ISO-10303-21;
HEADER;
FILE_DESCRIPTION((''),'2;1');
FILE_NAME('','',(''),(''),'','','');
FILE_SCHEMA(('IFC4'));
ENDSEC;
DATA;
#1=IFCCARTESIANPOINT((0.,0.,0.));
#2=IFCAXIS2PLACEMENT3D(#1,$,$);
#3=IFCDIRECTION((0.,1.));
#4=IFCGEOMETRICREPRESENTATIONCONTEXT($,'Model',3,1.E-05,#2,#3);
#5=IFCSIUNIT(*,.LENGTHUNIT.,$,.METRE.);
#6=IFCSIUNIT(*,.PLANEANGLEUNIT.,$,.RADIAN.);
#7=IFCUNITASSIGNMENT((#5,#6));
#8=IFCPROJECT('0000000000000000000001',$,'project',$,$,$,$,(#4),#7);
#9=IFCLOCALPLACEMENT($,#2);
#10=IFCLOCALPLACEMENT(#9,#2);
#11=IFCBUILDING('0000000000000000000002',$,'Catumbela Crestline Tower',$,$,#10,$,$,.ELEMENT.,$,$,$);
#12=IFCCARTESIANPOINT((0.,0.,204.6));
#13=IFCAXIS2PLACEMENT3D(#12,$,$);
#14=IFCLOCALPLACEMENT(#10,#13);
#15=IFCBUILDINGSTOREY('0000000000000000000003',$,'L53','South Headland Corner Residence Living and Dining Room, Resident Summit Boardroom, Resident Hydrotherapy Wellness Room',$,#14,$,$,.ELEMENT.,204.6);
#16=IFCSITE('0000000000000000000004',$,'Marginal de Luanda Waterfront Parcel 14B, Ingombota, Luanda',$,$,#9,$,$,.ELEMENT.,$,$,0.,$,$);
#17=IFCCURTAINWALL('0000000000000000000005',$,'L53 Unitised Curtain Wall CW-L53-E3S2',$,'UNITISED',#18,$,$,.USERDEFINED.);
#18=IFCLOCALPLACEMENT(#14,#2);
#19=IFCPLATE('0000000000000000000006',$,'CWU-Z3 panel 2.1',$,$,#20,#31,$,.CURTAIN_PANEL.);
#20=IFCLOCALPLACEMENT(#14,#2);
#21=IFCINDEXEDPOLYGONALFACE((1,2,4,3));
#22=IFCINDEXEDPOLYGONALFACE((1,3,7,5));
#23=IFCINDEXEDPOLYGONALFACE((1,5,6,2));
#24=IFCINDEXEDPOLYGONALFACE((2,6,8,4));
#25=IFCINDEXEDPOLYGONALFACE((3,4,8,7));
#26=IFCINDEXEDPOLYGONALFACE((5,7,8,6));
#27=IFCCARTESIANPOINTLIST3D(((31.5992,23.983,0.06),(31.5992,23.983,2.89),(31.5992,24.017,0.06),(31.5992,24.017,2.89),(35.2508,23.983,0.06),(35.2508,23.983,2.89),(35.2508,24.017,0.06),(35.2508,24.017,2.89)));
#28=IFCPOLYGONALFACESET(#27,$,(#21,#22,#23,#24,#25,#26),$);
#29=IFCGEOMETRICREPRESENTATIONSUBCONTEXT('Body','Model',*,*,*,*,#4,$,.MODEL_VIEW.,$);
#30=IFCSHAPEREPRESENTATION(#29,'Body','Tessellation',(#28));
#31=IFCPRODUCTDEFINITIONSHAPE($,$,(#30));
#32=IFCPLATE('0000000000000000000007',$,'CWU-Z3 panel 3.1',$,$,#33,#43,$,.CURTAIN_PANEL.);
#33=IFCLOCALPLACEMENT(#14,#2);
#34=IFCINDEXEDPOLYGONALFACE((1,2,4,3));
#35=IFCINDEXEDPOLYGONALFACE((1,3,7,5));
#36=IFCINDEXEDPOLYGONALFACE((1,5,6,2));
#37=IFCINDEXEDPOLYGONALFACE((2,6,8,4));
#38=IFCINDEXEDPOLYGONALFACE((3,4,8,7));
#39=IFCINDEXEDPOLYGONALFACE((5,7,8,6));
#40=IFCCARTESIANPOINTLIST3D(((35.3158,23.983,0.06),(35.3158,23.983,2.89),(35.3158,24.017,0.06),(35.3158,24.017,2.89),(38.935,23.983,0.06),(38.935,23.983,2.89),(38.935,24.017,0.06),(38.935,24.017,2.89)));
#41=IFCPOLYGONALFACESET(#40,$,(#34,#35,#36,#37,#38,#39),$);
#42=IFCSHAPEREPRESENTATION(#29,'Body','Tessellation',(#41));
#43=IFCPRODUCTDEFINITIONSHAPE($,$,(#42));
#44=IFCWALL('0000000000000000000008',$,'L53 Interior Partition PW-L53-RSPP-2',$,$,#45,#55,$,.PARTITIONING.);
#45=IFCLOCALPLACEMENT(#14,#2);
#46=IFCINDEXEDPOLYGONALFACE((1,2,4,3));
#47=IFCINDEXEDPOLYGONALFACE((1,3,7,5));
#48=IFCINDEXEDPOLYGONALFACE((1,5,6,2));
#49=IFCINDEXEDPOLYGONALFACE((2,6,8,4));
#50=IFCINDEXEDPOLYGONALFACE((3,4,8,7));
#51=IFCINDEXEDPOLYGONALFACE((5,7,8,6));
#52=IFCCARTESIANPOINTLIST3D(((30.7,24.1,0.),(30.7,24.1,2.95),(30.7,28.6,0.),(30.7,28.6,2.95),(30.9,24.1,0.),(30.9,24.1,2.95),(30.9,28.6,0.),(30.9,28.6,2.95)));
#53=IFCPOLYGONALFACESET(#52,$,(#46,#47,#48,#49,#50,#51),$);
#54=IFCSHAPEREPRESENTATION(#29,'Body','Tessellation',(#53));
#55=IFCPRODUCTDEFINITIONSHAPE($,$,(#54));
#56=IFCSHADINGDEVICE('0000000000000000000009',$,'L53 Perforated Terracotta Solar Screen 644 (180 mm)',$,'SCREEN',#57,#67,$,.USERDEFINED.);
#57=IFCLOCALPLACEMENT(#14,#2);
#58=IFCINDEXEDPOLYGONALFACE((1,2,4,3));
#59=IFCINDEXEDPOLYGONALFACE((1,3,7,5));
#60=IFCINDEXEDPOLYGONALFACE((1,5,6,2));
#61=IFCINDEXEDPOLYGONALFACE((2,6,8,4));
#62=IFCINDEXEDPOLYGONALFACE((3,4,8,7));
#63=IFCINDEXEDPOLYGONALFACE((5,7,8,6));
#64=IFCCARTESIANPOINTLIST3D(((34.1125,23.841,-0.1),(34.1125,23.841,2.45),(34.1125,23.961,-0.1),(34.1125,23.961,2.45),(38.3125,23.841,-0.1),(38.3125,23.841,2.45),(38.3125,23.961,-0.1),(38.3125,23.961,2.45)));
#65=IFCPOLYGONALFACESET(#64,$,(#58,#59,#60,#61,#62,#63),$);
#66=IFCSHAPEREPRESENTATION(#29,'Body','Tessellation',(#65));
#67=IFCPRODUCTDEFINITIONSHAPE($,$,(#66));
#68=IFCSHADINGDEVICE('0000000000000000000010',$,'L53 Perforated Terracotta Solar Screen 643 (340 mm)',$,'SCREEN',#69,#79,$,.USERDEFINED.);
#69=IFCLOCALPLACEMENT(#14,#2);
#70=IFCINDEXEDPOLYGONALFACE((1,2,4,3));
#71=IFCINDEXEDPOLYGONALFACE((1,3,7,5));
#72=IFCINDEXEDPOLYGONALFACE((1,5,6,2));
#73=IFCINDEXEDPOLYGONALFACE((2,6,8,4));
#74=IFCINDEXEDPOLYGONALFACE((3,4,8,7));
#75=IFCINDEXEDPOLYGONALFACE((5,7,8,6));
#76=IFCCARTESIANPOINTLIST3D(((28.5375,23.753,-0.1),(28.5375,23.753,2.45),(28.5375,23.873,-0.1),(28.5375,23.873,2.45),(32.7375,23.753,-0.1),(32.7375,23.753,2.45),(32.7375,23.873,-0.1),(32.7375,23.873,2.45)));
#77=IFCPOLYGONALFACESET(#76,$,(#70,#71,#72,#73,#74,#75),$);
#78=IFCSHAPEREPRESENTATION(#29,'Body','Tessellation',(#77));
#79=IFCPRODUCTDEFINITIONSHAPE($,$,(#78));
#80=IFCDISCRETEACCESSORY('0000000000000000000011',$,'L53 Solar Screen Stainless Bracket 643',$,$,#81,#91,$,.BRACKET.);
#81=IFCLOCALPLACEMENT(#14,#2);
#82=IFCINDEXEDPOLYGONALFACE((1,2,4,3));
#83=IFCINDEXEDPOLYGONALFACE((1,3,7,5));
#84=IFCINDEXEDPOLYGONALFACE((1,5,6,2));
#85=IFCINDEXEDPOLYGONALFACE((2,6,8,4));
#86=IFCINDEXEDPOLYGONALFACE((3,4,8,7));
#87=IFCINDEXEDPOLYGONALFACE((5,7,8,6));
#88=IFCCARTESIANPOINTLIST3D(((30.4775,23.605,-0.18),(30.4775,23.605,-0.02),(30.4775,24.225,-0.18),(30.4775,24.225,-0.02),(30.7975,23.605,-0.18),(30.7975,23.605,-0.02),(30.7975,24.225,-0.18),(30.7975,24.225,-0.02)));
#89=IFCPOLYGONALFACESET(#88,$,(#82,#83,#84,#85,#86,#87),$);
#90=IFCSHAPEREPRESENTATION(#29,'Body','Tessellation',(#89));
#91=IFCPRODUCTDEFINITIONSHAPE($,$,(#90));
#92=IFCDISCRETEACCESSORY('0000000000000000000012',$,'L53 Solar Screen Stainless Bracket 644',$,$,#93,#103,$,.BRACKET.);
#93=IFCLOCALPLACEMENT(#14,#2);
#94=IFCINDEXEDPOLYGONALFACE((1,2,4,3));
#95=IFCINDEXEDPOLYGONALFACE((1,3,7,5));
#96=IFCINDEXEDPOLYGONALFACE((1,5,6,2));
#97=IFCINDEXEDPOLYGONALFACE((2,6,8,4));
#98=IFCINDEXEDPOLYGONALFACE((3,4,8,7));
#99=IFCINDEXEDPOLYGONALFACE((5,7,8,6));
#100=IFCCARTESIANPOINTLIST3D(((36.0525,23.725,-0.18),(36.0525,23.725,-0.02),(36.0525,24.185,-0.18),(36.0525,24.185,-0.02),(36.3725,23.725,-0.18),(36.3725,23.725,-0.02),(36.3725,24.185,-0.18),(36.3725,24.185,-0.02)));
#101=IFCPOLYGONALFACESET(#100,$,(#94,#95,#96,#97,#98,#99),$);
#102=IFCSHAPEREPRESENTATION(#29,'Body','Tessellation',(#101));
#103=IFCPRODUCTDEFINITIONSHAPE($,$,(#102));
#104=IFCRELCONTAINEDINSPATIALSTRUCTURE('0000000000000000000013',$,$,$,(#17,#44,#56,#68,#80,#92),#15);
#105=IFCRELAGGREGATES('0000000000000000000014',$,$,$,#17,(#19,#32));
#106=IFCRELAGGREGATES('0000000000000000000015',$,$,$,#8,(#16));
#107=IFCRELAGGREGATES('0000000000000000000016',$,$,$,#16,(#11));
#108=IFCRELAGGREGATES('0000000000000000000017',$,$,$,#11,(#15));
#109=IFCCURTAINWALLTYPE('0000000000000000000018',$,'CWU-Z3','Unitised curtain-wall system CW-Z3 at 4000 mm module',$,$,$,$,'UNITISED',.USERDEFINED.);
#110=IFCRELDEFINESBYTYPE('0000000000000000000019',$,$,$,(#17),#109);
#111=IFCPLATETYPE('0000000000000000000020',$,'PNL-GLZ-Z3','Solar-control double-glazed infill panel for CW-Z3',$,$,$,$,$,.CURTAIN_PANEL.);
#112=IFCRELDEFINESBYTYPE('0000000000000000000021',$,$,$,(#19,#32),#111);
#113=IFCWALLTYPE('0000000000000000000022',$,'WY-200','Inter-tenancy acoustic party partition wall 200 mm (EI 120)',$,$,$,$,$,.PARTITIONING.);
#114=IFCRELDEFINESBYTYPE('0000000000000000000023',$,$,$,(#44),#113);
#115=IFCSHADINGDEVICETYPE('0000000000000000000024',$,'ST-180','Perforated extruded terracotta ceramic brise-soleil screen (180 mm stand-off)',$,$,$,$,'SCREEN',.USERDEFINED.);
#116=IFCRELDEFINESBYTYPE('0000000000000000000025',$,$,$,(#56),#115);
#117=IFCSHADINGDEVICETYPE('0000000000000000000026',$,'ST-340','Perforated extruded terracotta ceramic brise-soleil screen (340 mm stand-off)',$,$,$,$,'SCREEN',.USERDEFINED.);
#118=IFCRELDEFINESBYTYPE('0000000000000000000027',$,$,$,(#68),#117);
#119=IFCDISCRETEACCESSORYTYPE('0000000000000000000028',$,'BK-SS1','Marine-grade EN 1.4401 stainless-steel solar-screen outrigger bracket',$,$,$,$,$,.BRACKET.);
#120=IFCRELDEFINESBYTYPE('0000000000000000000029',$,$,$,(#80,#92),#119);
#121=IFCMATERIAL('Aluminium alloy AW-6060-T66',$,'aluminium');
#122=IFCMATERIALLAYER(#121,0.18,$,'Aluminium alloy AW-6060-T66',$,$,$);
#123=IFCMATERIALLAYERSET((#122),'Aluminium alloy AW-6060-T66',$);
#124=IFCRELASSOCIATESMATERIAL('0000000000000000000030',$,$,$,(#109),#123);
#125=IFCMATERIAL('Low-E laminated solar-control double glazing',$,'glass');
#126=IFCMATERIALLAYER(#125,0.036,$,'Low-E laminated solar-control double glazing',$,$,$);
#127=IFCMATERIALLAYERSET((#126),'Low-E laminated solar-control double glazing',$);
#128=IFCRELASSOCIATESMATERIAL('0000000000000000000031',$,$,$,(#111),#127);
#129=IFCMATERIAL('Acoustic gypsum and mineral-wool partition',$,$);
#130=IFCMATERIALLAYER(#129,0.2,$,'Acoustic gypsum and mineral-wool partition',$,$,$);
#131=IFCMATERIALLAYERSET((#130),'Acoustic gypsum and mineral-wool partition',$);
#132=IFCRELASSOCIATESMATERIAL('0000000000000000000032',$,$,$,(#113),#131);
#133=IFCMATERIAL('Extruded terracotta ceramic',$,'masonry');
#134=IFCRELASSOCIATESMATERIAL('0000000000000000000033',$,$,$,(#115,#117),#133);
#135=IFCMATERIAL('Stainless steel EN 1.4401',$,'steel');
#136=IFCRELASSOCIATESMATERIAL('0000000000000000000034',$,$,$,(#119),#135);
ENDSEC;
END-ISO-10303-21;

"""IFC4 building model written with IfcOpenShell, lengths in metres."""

from ifc_helpers import new_model, si_unit, direction, frame, frame_2d, origin, origin_2d, place, context, subcontext, project, spatial, rectangle, extrude, material, layer, layer_set, type_object, element, aggregate, save


model = new_model("IFC4")

# Units and contexts
model_context = context("Model", 3, precision=1e-05, world=origin(), true_north=direction((0.0, 1.0)))
body_context = subcontext(model_context, "Body", "Model", "MODEL_VIEW")
ifc_project = project(units=[si_unit("LENGTHUNIT", "METRE"), si_unit("PLANEANGLEUNIT", "RADIAN")], contexts=[model_context])

# Site, building, storey
site_placement = place(None, origin())
site = spatial("IfcSite", under=ifc_project, at=site_placement, Name="Marginal de Luanda Waterfront Parcel 14B, Ingombota, Luanda", CompositionType="ELEMENT", RefElevation=0.0)
building_placement = place(site_placement, origin())
building = spatial("IfcBuilding", under=site, at=building_placement, Name="Catumbela Crestline Tower", CompositionType="ELEMENT")
storey_placement = place(building_placement, frame((0.0, 0.0, 204.6)))
storey = spatial("IfcBuildingStorey", under=building, at=storey_placement, Name="L53", Description="South Headland Corner Residence Living and Dining Room, Resident Summit Boardroom, Resident Hydrotherapy Wellness Room", CompositionType="ELEMENT", Elevation=204.6)

# Curtain wall
ifc_material_1 = material(Name="Aluminium alloy AW-6060-T66", Category="aluminium")
ifc_layer_1 = layer(ifc_material_1, 0.18, Name="Aluminium alloy AW-6060-T66")
ifc_layer_set_1 = layer_set([ifc_layer_1], Name="Aluminium alloy AW-6060-T66")
curtain_wall_type = type_object("IfcCurtainWallType", Name="CWU-Z3", Description="Unitised curtain-wall system CW-Z3 at 4000 mm module", ElementType="UNITISED", PredefinedType="USERDEFINED", material=ifc_layer_set_1)
curtain_wall_placement = place(storey_placement, origin())
curtain_wall = element("IfcCurtainWall", 1, at=curtain_wall_placement, inside=storey, type_object=curtain_wall_type, Name="L53 Unitised Curtain Wall CW-L53-E3S2", ObjectType="UNITISED", PredefinedType="USERDEFINED")

# Plates
ifc_material_2 = material(Name="Low-E laminated solar-control double glazing", Category="glass")
ifc_layer_2 = layer(ifc_material_2, 0.036, Name="Low-E laminated solar-control double glazing")
ifc_layer_set_2 = layer_set([ifc_layer_2], Name="Low-E laminated solar-control double glazing")
plate_type = type_object("IfcPlateType", Name="PNL-GLZ-Z3", Description="Solar-control double-glazed infill panel for CW-Z3", PredefinedType="CURTAIN_PANEL", material=ifc_layer_set_2)
plate_1_placement = place(storey_placement, frame((33.425, 24.0, 0.06), z_axis=(0.0, 0.0, 1.0), x_axis=(1.0, 0.0, 0.0)))
plate_1 = element("IfcPlate", 2, at=plate_1_placement, type_object=plate_type, Name="CWU-Z3 panel 2.1", PredefinedType="CURTAIN_PANEL", context=body_context, shape_type="SweptSolid", body=[
    extrude(rectangle(XDim=3.6517, YDim=0.034, at=origin_2d()), origin(), (0.0, 0.0, 1.0), 2.83),
])
plate_2_placement = place(storey_placement, frame((37.1254, 24.0, 0.06), z_axis=(0.0, 0.0, 1.0), x_axis=(1.0, 0.0, 0.0)))
plate_2 = element("IfcPlate", 3, at=plate_2_placement, type_object=plate_type, Name="CWU-Z3 panel 3.1", PredefinedType="CURTAIN_PANEL", context=body_context, shape_type="SweptSolid", body=[
    extrude(rectangle(XDim=3.6192, YDim=0.034, at=origin_2d()), origin(), (0.0, 0.0, 1.0), 2.83),
])
aggregate(curtain_wall, [plate_1, plate_2])

# Wall
ifc_material_3 = material(Name="Acoustic gypsum and mineral-wool partition")
ifc_layer_3 = layer(ifc_material_3, 0.2, Name="Acoustic gypsum and mineral-wool partition")
ifc_layer_set_3 = layer_set([ifc_layer_3], Name="Acoustic gypsum and mineral-wool partition")
wall_type = type_object("IfcWallType", Name="WY-200", Description="Inter-tenancy acoustic party partition wall 200 mm (EI 120)", PredefinedType="PARTITIONING", material=ifc_layer_set_3)
wall_placement = place(storey_placement, frame((30.8, 24.1, 0.0), z_axis=(0.0, 0.0, 1.0), x_axis=(0.0, 1.0, 0.0)))
element("IfcWall", 4, at=wall_placement, inside=storey, type_object=wall_type, Name="L53 Interior Partition PW-L53-RSPP-2", PredefinedType="PARTITIONING", context=body_context, shape_type="SweptSolid", body=[
    extrude(rectangle(XDim=4.5, YDim=0.2, at=frame_2d((2.25, 0.0))), origin(), (0.0, 0.0, 1.0), 2.95),
])

# Shading devices
ifc_material_4 = material(Name="Extruded terracotta ceramic", Category="masonry")
shading_device_type_1 = type_object("IfcShadingDeviceType", Name="ST-180", Description="Perforated extruded terracotta ceramic brise-soleil screen (180 mm stand-off)", ElementType="SCREEN", PredefinedType="USERDEFINED", material=ifc_material_4)
shading_device_1_placement = place(storey_placement, frame((36.2125, 23.901, -0.1), z_axis=(0.0, 0.0, 1.0), x_axis=(1.0, 0.0, 0.0)))
element("IfcShadingDevice", 5, at=shading_device_1_placement, inside=storey, type_object=shading_device_type_1, Name="L53 Perforated Terracotta Solar Screen 644 (180 mm)", ObjectType="SCREEN", PredefinedType="USERDEFINED", context=body_context, shape_type="SweptSolid", body=[
    extrude(rectangle(XDim=4.2, YDim=0.12, at=origin_2d()), origin(), (0.0, 0.0, 1.0), 2.55),
])
shading_device_type_2 = type_object("IfcShadingDeviceType", Name="ST-340", Description="Perforated extruded terracotta ceramic brise-soleil screen (340 mm stand-off)", ElementType="SCREEN", PredefinedType="USERDEFINED", material=ifc_material_4)
shading_device_2_placement = place(storey_placement, frame((30.6375, 23.813, -0.1), z_axis=(0.0, 0.0, 1.0), x_axis=(1.0, 0.0, 0.0)))
element("IfcShadingDevice", 6, at=shading_device_2_placement, inside=storey, type_object=shading_device_type_2, Name="L53 Perforated Terracotta Solar Screen 643 (340 mm)", ObjectType="SCREEN", PredefinedType="USERDEFINED", context=body_context, shape_type="SweptSolid", body=[
    extrude(rectangle(XDim=4.2, YDim=0.12, at=origin_2d()), origin(), (0.0, 0.0, 1.0), 2.55),
])

# Discrete accessories
ifc_material_5 = material(Name="Stainless steel EN 1.4401", Category="steel")
discrete_accessory_type = type_object("IfcDiscreteAccessoryType", Name="BK-SS1", Description="Marine-grade EN 1.4401 stainless-steel solar-screen outrigger bracket", PredefinedType="BRACKET", material=ifc_material_5)
discrete_accessory_1_placement = place(storey_placement, frame((30.6375, 23.915, -0.18), z_axis=(0.0, 0.0, 1.0), x_axis=(1.0, 0.0, 0.0)))
element("IfcDiscreteAccessory", 7, at=discrete_accessory_1_placement, inside=storey, type_object=discrete_accessory_type, Name="L53 Solar Screen Stainless Bracket 643", PredefinedType="BRACKET", context=body_context, shape_type="SweptSolid", body=[
    extrude(rectangle(XDim=0.32, YDim=0.62, at=origin_2d()), origin(), (0.0, 0.0, 1.0), 0.16),
])
discrete_accessory_2_placement = place(storey_placement, frame((36.2125, 23.955, -0.18), z_axis=(0.0, 0.0, 1.0), x_axis=(1.0, 0.0, 0.0)))
element("IfcDiscreteAccessory", 8, at=discrete_accessory_2_placement, inside=storey, type_object=discrete_accessory_type, Name="L53 Solar Screen Stainless Bracket 644", PredefinedType="BRACKET", context=body_context, shape_type="SweptSolid", body=[
    extrude(rectangle(XDim=0.32, YDim=0.46, at=origin_2d()), origin(), (0.0, 0.0, 1.0), 0.16),
])

save(model, "model.ifc")
